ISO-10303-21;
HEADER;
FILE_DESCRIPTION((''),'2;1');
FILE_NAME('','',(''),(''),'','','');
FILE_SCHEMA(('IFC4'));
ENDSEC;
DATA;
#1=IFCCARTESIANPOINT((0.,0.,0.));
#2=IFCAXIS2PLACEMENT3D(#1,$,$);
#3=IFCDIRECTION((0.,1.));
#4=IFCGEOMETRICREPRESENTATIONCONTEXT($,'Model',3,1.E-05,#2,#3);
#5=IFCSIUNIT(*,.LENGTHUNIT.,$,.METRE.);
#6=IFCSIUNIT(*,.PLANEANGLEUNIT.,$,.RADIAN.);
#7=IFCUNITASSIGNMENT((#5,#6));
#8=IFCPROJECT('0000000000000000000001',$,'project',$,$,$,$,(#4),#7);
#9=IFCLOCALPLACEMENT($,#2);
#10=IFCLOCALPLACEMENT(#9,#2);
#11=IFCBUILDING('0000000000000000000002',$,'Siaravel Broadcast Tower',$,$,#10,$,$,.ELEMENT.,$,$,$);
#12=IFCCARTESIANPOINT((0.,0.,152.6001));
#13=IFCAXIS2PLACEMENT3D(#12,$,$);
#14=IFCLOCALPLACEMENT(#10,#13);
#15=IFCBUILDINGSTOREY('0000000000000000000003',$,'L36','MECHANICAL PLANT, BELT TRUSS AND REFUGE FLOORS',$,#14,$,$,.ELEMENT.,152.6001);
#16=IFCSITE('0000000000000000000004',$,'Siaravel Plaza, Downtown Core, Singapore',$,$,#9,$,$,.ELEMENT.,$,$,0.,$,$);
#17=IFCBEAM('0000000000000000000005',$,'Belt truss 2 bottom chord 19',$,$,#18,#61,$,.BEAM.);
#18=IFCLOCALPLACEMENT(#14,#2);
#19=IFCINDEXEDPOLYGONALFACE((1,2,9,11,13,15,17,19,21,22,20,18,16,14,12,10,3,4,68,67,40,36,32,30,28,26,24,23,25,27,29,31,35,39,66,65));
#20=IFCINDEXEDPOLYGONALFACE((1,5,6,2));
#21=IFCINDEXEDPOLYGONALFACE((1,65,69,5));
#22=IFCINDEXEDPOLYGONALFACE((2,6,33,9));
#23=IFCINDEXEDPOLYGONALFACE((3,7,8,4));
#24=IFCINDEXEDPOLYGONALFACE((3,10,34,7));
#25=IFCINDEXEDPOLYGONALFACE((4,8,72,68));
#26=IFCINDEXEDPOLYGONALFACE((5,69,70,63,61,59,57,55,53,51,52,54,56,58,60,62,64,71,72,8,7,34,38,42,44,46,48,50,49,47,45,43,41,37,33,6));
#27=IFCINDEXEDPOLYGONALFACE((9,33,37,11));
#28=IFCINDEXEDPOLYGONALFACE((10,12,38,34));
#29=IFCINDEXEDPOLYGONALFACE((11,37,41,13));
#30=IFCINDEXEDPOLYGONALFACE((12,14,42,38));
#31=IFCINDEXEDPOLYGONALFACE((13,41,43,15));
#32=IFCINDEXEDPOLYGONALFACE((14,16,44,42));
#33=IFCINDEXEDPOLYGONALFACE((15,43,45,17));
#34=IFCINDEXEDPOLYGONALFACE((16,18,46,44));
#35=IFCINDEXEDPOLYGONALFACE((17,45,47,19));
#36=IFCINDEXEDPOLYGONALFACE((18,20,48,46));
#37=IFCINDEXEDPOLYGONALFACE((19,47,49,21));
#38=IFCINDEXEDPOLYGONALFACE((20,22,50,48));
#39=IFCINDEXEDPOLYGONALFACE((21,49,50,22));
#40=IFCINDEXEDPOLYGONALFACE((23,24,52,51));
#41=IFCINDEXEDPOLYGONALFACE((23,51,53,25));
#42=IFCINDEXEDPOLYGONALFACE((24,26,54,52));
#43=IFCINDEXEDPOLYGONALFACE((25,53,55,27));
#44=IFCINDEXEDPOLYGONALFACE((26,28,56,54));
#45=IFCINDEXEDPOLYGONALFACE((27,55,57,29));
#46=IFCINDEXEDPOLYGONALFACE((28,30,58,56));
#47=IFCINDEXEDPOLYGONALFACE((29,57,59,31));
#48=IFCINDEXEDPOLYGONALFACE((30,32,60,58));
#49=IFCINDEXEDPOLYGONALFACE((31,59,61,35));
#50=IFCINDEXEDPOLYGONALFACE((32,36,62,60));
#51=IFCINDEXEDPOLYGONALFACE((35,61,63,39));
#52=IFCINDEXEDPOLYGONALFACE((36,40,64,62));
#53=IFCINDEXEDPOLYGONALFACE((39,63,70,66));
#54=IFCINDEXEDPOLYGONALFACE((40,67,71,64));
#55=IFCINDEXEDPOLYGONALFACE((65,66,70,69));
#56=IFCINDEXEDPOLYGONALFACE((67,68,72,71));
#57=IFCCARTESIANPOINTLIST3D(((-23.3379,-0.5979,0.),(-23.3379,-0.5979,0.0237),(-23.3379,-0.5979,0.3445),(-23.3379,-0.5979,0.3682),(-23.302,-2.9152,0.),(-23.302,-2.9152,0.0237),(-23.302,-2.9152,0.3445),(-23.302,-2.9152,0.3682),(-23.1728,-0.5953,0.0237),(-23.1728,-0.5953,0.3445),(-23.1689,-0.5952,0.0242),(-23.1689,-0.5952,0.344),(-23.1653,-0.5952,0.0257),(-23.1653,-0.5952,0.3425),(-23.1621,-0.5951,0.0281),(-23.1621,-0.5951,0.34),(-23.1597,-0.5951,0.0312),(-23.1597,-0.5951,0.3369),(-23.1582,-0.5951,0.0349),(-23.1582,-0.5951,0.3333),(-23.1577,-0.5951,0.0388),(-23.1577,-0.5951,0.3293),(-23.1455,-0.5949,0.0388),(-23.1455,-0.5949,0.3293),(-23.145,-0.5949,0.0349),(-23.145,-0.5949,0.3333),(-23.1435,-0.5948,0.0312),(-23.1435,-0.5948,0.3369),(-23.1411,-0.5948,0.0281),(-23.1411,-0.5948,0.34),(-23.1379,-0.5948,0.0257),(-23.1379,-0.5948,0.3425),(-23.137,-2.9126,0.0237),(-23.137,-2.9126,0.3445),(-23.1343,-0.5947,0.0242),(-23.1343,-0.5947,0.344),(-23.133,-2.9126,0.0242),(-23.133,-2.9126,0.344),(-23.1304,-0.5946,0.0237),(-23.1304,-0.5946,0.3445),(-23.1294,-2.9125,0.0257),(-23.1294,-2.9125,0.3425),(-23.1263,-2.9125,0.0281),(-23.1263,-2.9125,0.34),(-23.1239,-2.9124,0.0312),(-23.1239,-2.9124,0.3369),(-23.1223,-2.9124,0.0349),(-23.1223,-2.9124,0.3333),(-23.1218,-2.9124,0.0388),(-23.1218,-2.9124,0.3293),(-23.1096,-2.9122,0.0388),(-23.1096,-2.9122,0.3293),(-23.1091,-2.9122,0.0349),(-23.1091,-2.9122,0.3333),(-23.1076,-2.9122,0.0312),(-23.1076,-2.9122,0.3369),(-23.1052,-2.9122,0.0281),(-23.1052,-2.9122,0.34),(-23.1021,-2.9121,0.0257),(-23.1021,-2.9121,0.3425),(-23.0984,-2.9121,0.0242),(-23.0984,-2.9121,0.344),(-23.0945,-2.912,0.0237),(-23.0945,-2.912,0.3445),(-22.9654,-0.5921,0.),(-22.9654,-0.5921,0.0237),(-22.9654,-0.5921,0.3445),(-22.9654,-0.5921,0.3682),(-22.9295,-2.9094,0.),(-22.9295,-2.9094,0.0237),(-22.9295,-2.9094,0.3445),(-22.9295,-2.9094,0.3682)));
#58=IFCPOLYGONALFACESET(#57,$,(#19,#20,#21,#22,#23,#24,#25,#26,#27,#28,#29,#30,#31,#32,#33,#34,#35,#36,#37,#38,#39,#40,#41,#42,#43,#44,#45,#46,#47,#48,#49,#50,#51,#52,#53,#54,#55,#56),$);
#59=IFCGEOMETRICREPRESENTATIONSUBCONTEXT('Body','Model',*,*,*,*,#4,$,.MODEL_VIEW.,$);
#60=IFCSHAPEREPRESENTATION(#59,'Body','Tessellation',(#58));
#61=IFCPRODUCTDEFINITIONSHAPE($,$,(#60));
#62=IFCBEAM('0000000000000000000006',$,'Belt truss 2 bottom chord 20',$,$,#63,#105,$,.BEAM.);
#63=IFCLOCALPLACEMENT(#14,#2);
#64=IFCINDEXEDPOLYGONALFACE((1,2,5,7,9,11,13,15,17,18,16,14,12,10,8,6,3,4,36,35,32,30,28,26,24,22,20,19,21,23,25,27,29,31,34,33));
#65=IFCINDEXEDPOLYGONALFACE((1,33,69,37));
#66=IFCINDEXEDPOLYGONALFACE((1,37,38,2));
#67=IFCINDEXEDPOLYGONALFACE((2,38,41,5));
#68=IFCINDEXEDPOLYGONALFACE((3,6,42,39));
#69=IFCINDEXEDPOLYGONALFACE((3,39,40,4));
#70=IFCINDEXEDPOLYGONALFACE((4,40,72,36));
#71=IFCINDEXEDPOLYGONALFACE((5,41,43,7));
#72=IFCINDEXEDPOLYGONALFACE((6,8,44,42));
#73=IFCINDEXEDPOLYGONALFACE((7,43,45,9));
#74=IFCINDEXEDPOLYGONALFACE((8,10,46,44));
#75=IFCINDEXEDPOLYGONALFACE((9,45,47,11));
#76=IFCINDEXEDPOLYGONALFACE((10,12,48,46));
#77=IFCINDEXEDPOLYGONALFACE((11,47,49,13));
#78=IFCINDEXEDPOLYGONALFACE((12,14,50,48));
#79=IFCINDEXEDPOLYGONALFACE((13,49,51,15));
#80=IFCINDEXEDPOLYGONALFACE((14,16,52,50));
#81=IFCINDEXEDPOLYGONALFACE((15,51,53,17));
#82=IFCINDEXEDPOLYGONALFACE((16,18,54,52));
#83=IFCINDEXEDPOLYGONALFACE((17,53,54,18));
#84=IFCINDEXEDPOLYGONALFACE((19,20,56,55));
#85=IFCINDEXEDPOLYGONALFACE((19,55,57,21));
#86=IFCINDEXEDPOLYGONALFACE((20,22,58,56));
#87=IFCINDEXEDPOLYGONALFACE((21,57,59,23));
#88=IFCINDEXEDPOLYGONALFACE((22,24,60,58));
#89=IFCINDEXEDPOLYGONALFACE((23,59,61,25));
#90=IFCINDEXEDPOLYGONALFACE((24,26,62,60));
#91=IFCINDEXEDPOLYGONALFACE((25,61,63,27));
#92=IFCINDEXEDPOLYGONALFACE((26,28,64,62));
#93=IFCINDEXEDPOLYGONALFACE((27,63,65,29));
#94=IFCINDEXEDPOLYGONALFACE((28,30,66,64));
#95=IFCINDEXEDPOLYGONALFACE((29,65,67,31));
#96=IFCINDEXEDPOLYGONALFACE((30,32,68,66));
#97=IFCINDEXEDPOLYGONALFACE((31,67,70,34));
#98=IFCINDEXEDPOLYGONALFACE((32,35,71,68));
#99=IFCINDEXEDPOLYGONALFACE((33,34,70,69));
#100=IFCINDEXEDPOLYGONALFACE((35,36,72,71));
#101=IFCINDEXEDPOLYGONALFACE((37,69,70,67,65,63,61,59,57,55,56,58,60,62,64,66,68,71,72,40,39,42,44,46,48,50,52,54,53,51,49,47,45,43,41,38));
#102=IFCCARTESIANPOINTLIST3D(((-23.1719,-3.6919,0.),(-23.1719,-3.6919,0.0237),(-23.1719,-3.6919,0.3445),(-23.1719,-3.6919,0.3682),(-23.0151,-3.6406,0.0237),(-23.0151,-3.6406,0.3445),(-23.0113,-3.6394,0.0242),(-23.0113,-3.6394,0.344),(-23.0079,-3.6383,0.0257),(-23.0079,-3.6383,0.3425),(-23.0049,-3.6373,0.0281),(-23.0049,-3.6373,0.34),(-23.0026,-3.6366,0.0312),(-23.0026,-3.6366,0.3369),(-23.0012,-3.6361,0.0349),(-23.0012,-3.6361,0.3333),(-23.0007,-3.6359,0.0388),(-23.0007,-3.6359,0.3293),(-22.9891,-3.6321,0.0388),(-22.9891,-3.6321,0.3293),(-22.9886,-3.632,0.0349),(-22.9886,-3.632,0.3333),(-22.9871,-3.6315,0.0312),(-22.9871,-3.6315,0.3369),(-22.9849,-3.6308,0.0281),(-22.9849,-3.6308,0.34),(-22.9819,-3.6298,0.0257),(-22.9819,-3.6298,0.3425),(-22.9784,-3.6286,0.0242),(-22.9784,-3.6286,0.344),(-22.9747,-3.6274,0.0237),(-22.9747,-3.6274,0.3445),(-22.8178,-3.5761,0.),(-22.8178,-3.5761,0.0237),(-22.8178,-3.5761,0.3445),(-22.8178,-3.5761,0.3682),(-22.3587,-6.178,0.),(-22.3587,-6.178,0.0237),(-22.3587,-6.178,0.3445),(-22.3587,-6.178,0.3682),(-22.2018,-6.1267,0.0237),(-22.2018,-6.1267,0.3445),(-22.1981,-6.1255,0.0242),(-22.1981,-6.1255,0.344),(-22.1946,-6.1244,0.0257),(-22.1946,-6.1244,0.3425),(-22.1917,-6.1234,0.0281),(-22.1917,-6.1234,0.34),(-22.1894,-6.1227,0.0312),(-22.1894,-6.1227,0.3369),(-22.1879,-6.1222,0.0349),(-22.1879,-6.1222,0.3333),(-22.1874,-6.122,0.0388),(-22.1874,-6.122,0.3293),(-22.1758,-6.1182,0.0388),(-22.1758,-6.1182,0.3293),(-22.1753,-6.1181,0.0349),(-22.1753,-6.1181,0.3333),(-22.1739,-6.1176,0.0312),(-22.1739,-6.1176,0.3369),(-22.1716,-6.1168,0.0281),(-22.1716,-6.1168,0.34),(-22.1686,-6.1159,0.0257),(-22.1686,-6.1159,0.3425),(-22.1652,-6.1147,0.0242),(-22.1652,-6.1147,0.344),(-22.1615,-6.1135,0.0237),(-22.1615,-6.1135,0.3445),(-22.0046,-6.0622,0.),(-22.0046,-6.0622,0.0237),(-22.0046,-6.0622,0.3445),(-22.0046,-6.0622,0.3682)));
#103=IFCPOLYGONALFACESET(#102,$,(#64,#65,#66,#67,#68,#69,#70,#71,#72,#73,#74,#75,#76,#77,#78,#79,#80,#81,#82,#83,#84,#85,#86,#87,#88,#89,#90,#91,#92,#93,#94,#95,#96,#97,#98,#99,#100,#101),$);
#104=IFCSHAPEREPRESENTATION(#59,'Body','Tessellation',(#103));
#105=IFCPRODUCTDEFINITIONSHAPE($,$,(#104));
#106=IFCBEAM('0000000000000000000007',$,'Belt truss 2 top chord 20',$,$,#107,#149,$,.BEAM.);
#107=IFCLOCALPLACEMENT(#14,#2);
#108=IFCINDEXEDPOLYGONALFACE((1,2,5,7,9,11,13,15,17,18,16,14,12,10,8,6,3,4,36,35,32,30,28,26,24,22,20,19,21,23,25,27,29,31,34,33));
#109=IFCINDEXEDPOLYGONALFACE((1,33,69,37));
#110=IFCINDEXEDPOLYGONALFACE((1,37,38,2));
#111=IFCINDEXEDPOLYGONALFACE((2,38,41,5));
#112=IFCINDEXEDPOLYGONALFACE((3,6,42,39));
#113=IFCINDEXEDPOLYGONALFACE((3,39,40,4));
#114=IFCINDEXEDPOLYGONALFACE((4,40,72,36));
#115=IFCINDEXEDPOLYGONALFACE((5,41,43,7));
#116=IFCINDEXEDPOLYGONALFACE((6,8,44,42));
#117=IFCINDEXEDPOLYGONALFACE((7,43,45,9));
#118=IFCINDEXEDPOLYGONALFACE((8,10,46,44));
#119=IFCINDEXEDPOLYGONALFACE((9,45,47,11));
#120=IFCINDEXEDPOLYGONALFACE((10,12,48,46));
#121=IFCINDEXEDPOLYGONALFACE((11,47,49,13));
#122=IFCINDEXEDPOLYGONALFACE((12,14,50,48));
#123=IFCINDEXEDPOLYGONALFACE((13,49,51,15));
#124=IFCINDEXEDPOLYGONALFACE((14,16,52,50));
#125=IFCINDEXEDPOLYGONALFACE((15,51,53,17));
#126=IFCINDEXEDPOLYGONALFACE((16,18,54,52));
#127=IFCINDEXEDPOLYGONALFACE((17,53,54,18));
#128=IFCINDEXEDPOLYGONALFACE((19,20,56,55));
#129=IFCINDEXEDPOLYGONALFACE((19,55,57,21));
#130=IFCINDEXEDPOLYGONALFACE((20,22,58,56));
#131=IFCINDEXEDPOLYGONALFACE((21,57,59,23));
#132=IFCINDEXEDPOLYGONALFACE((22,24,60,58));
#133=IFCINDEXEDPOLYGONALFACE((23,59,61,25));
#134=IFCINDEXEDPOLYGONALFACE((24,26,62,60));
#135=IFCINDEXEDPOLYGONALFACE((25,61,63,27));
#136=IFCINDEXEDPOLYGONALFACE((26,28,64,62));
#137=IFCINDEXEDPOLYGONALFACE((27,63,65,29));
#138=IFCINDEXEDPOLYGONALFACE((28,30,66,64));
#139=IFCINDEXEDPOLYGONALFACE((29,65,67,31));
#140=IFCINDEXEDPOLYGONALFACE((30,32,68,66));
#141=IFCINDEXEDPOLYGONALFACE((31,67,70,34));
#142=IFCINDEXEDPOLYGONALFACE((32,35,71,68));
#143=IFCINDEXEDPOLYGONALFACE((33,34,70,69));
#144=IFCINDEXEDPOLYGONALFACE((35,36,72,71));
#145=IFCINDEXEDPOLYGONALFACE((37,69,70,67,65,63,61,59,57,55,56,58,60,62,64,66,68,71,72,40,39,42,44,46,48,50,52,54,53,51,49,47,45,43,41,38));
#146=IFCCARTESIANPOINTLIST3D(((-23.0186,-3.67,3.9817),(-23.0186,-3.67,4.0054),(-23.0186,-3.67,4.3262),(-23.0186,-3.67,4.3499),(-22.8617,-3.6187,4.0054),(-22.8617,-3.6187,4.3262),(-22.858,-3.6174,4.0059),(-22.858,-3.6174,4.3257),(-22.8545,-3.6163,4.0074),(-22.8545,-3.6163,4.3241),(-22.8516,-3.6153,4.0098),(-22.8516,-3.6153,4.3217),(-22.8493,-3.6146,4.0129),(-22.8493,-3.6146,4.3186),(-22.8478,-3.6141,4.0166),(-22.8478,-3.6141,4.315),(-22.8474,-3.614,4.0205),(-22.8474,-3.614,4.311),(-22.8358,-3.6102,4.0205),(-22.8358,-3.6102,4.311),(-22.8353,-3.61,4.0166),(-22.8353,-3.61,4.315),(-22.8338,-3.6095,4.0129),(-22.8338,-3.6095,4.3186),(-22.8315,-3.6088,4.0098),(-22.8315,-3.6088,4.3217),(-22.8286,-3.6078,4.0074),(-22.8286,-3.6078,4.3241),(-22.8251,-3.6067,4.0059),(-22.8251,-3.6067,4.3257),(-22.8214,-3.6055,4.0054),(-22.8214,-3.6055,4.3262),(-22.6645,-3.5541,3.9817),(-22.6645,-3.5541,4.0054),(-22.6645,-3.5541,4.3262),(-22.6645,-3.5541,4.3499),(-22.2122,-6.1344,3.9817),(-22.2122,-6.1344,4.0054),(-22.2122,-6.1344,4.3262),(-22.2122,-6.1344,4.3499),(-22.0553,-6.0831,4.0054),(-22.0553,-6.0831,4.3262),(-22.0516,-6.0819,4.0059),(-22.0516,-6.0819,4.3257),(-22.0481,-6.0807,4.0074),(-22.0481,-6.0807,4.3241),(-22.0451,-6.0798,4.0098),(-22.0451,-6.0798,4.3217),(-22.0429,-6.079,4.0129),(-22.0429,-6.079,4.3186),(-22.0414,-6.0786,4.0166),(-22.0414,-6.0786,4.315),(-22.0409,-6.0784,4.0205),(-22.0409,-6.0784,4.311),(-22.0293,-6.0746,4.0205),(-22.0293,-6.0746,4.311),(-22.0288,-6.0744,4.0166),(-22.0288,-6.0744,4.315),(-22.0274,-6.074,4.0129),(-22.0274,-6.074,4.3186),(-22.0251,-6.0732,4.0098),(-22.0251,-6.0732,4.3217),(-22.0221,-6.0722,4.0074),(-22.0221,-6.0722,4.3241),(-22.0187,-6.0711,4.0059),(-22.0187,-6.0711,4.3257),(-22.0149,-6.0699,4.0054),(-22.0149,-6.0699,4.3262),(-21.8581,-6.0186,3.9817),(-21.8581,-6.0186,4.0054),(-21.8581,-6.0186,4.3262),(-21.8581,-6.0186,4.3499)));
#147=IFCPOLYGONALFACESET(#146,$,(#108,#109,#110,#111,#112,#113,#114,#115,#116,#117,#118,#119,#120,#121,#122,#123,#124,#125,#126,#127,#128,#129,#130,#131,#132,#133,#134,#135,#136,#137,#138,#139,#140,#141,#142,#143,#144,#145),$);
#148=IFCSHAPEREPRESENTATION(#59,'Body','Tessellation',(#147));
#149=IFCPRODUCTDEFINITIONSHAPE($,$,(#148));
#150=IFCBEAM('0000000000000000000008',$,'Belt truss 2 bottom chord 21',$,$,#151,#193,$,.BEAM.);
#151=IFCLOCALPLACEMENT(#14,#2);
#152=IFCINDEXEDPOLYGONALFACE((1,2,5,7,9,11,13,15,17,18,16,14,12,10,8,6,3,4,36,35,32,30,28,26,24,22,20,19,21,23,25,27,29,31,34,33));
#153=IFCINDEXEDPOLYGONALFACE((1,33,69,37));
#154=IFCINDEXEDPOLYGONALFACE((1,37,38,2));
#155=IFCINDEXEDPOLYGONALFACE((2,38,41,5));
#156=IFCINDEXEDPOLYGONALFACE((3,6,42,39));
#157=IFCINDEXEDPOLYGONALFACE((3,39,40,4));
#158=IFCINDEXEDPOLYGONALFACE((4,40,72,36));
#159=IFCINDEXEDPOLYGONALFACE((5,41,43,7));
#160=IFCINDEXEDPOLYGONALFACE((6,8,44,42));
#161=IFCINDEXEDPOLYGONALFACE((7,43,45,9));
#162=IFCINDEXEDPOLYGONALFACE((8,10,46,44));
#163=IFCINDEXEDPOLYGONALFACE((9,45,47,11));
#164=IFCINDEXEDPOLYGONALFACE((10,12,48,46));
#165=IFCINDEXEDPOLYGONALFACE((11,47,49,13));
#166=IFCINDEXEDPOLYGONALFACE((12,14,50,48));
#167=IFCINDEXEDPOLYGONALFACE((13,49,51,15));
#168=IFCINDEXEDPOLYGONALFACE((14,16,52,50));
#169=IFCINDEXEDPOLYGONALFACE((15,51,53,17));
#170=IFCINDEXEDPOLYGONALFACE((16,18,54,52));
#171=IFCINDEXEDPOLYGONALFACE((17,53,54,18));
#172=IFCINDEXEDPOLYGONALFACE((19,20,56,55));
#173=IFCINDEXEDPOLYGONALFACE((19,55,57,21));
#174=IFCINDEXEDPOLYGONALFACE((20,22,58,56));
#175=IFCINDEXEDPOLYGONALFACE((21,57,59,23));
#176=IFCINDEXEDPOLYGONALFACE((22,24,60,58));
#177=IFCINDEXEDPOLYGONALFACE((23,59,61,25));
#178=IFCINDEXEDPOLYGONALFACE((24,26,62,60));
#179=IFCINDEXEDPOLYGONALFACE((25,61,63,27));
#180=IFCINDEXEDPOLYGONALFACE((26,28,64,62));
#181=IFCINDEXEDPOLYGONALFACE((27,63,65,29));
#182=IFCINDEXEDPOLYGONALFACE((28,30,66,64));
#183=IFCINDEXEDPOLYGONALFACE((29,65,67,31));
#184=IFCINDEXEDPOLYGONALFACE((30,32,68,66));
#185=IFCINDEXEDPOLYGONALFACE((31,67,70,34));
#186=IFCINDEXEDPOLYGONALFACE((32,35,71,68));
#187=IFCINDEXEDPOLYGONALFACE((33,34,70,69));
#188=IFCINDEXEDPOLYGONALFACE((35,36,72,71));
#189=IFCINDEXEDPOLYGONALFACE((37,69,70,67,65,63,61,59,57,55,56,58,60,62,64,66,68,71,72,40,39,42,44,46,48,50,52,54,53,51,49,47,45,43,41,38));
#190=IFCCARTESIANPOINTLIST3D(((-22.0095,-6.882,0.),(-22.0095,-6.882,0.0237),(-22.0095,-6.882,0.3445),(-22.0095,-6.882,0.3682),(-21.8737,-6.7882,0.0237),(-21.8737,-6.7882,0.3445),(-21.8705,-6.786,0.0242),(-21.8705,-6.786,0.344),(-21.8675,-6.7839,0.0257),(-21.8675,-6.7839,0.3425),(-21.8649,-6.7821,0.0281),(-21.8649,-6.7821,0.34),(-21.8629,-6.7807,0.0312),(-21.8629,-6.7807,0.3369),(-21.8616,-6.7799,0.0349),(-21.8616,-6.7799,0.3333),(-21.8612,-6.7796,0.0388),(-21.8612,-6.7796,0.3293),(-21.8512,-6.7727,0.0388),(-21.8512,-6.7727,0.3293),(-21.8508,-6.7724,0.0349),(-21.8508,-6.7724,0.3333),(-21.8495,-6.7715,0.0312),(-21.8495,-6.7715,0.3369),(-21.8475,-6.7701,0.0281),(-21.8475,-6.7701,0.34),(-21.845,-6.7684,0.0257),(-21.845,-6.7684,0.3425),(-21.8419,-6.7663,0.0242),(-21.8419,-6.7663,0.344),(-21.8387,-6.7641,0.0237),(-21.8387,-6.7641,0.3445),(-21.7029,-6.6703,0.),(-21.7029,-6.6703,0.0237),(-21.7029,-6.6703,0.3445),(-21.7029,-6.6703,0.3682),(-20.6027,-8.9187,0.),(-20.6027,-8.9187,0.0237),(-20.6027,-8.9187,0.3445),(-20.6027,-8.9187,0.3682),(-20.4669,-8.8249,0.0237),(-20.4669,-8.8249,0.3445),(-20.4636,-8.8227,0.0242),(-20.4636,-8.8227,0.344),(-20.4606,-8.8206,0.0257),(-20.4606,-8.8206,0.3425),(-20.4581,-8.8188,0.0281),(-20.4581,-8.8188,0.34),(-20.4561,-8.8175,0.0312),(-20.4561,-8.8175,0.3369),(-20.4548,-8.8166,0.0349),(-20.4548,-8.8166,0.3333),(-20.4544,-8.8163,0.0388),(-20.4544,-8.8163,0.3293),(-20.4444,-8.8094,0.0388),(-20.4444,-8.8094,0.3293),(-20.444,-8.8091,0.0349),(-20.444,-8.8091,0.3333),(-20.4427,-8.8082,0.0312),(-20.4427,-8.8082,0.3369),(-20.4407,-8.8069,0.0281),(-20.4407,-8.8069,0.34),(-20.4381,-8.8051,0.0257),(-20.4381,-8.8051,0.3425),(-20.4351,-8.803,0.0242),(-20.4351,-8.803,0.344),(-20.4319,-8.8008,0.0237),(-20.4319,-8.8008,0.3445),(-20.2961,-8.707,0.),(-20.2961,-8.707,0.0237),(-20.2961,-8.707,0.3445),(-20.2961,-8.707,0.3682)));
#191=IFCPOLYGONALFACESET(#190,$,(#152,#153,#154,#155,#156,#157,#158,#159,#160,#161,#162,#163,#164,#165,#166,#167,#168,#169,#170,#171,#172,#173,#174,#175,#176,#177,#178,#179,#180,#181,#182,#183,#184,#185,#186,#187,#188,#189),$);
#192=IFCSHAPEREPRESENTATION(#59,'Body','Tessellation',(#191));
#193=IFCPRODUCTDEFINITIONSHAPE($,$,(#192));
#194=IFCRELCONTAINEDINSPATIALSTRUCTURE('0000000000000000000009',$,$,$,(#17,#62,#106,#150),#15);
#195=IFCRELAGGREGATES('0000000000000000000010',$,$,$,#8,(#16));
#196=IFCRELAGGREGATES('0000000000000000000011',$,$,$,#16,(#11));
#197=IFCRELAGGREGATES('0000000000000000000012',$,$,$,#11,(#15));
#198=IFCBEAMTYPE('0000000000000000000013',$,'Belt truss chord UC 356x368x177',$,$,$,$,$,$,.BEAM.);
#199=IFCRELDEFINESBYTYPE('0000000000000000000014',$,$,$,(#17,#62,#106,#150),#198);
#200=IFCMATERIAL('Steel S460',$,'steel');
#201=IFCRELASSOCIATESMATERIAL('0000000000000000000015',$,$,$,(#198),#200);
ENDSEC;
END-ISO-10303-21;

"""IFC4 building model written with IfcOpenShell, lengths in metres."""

from ifc_helpers import new_model, si_unit, direction, frame, origin, origin_2d, place, context, subcontext, project, spatial, i_section, extrude, material, material_profile, profile_set, type_object, element, save


model = new_model("IFC4")

# Units and contexts
model_context = context("Model", 3, precision=1e-05, world=origin(), true_north=direction((0.0, 1.0)))
body_context = subcontext(model_context, "Body", "Model", "MODEL_VIEW")
ifc_project = project(units=[si_unit("LENGTHUNIT", "METRE"), si_unit("PLANEANGLEUNIT", "RADIAN")], contexts=[model_context])

# Site, building, storey
site_placement = place(None, origin())
site = spatial("IfcSite", under=ifc_project, at=site_placement, Name="Siaravel Plaza, Downtown Core, Singapore", CompositionType="ELEMENT", RefElevation=0.0)
building_placement = place(site_placement, origin())
building = spatial("IfcBuilding", under=site, at=building_placement, Name="Siaravel Broadcast Tower", CompositionType="ELEMENT")
storey_placement = place(building_placement, frame((0.0, 0.0, 152.6001)))
storey = spatial("IfcBuildingStorey", under=building, at=storey_placement, Name="L36", Description="MECHANICAL PLANT, BELT TRUSS AND REFUGE FLOORS", CompositionType="ELEMENT", Elevation=152.6001)

# Beams
ifc_material_1 = material(Name="Steel S460", Category="steel")
ifc_material_profile_1 = material_profile(ifc_material_1, i_section(OverallWidth=0.3726, OverallDepth=0.3682, WebThickness=0.0122, FlangeThickness=0.0237, FilletRadius=0.0151, at=origin_2d()))
ifc_profile_set_1 = profile_set([ifc_material_profile_1], Name="Steel S460")
beam_type_1 = type_object("IfcBeamType", Name="Belt truss chord UC 356x368x177", PredefinedType="BEAM", material=ifc_profile_set_1)
beam_1_placement = place(storey_placement, frame((-23.1516, -0.595, 0.1841), z_axis=(0.015485, -0.99988, 0.0), x_axis=(0.99988, 0.015485, 0.0)))
element("IfcBeam", 1, at=beam_1_placement, inside=storey, type_object=beam_type_1, Name="Belt truss 2 bottom chord 19", PredefinedType="BEAM", context=body_context, shape_type="SweptSolid", body=[
    extrude(i_section(OverallWidth=0.3726, OverallDepth=0.3682, WebThickness=0.0122, FlangeThickness=0.0237, FilletRadius=0.0151, at=origin_2d()), origin(), (0.0, 0.0, 1.0), 2.3176),
])
beam_2_placement = place(storey_placement, frame((-22.9949, -3.634, 0.1841), z_axis=(0.310903, -0.950442, 0.0), x_axis=(0.950442, 0.310903, 0.0)))
element("IfcBeam", 2, at=beam_2_placement, inside=storey, type_object=beam_type_1, Name="Belt truss 2 bottom chord 20", PredefinedType="BEAM", context=body_context, shape_type="SweptSolid", body=[
    extrude(i_section(OverallWidth=0.3726, OverallDepth=0.3682, WebThickness=0.0122, FlangeThickness=0.0237, FilletRadius=0.0151, at=origin_2d()), origin(), (0.0, 0.0, 1.0), 2.6157),
])
beam_3_placement = place(storey_placement, frame((-22.8416, -3.6121, 4.1658), z_axis=(0.310997, -0.950411, 0.0), x_axis=(0.950411, 0.310997, 0.0)))
element("IfcBeam", 3, at=beam_3_placement, inside=storey, type_object=beam_type_1, Name="Belt truss 2 top chord 20", PredefinedType="BEAM", context=body_context, shape_type="SweptSolid", body=[
    extrude(i_section(OverallWidth=0.3726, OverallDepth=0.3682, WebThickness=0.0122, FlangeThickness=0.0237, FilletRadius=0.0151, at=origin_2d()), origin(), (0.0, 0.0, 1.0), 2.593),
])
beam_4_placement = place(storey_placement, frame((-21.8562, -6.7761, 0.1841), z_axis=(0.568327, -0.822802, 0.0), x_axis=(0.822802, 0.568327, 0.0)))
element("IfcBeam", 4, at=beam_4_placement, inside=storey, type_object=beam_type_1, Name="Belt truss 2 bottom chord 21", PredefinedType="BEAM", context=body_context, shape_type="SweptSolid", body=[
    extrude(i_section(OverallWidth=0.3726, OverallDepth=0.3682, WebThickness=0.0122, FlangeThickness=0.0237, FilletRadius=0.0151, at=origin_2d()), origin(), (0.0, 0.0, 1.0), 2.4753),
])

save(model, "model.ifc")
